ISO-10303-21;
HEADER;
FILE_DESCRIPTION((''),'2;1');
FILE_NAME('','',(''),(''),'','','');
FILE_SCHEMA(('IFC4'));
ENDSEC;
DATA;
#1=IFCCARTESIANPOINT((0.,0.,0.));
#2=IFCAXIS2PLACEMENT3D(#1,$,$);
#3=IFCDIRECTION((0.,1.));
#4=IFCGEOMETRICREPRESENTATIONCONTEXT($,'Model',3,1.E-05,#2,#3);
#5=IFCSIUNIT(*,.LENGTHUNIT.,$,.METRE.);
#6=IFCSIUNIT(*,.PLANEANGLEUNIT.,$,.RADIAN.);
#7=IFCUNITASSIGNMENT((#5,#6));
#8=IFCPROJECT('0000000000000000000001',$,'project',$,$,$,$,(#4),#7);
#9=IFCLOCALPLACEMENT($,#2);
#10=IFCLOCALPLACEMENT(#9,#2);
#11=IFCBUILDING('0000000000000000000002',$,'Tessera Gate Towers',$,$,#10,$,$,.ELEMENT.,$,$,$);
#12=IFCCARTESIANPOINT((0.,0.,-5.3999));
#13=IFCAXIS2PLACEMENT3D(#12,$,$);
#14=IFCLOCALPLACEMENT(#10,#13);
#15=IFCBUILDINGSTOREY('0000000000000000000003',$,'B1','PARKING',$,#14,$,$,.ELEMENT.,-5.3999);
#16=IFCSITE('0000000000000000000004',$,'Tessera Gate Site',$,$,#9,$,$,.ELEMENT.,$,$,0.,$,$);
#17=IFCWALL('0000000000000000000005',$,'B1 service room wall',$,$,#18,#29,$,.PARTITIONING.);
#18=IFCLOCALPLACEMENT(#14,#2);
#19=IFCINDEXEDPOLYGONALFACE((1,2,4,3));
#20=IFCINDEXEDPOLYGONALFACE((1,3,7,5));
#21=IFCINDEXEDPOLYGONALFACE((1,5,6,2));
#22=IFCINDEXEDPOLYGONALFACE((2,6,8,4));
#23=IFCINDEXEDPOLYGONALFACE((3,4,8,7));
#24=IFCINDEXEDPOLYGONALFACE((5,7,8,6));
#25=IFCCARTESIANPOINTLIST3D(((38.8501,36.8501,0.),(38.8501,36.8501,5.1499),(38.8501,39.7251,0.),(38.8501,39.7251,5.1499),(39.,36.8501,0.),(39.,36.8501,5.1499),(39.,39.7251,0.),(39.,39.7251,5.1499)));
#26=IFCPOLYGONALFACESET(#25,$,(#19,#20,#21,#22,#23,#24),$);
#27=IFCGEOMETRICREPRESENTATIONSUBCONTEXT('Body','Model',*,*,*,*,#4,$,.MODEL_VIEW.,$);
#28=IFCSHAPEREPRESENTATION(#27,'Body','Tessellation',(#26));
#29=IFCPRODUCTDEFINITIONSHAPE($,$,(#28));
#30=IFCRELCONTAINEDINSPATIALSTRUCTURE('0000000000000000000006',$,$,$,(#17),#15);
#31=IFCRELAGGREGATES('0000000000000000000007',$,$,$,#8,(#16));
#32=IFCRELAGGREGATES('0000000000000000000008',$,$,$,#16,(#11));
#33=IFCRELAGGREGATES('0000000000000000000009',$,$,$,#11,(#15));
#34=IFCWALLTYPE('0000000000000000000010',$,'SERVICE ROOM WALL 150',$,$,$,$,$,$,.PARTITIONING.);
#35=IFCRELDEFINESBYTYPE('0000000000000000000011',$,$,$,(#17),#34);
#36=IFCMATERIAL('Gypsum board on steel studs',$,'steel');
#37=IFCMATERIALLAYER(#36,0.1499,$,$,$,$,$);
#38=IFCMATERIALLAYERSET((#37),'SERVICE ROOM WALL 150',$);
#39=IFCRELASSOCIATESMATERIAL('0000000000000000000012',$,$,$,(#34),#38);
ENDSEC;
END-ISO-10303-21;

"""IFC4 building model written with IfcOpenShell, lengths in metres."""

from ifc_helpers import new_model, si_unit, direction, frame, frame_2d, origin, place, context, subcontext, project, spatial, rectangle, extrude, material, layer, layer_set, type_object, element, save


model = new_model("IFC4")

# Units and contexts
model_context = context("Model", 3, precision=1e-05, world=origin(), true_north=direction((0.0, 1.0)))
body_context = subcontext(model_context, "Body", "Model", "MODEL_VIEW")
ifc_project = project(units=[si_unit("LENGTHUNIT", "METRE"), si_unit("PLANEANGLEUNIT", "RADIAN")], contexts=[model_context])

# Site, building, storey
site_placement = place(None, origin())
site = spatial("IfcSite", under=ifc_project, at=site_placement, Name="Tessera Gate Site", CompositionType="ELEMENT", RefElevation=0.0)
building_placement = place(site_placement, origin())
building = spatial("IfcBuilding", under=site, at=building_placement, Name="Tessera Gate Towers", CompositionType="ELEMENT")
storey_placement = place(building_placement, frame((0.0, 0.0, -5.3999)))
storey = spatial("IfcBuildingStorey", under=building, at=storey_placement, Name="B1", Description="PARKING", CompositionType="ELEMENT", Elevation=-5.3999)

# Shared definitions
ifc_material_1 = material(Name="Gypsum board on steel studs", Category="steel")
ifc_layer_1 = layer(ifc_material_1, 0.1499)
ifc_layer_set_1 = layer_set([ifc_layer_1], Name="SERVICE ROOM WALL 150")
wall_type_1 = type_object("IfcWallType", Name="SERVICE ROOM WALL 150", PredefinedType="PARTITIONING", material=ifc_layer_set_1)

# Wall
for number, where, z_axis, x_axis, name in (
    (1, (38.925, 36.8501, 0.0), (0.0, 0.0, 1.0), (0.0, 1.0, 0.0), "B1 service room wall"),
):
    element("IfcWall", number, at=place(storey_placement, frame(where, z_axis=z_axis, x_axis=x_axis)), inside=storey, type_object=wall_type_1, Name=name, PredefinedType="PARTITIONING", context=body_context, shape_type="SweptSolid", body=[
        extrude(rectangle(XDim=2.875, YDim=0.1499, at=frame_2d((1.4375, 0.0))), origin(), (0.0, 0.0, 1.0), 5.1499),
    ])

save(model, "model.ifc")
